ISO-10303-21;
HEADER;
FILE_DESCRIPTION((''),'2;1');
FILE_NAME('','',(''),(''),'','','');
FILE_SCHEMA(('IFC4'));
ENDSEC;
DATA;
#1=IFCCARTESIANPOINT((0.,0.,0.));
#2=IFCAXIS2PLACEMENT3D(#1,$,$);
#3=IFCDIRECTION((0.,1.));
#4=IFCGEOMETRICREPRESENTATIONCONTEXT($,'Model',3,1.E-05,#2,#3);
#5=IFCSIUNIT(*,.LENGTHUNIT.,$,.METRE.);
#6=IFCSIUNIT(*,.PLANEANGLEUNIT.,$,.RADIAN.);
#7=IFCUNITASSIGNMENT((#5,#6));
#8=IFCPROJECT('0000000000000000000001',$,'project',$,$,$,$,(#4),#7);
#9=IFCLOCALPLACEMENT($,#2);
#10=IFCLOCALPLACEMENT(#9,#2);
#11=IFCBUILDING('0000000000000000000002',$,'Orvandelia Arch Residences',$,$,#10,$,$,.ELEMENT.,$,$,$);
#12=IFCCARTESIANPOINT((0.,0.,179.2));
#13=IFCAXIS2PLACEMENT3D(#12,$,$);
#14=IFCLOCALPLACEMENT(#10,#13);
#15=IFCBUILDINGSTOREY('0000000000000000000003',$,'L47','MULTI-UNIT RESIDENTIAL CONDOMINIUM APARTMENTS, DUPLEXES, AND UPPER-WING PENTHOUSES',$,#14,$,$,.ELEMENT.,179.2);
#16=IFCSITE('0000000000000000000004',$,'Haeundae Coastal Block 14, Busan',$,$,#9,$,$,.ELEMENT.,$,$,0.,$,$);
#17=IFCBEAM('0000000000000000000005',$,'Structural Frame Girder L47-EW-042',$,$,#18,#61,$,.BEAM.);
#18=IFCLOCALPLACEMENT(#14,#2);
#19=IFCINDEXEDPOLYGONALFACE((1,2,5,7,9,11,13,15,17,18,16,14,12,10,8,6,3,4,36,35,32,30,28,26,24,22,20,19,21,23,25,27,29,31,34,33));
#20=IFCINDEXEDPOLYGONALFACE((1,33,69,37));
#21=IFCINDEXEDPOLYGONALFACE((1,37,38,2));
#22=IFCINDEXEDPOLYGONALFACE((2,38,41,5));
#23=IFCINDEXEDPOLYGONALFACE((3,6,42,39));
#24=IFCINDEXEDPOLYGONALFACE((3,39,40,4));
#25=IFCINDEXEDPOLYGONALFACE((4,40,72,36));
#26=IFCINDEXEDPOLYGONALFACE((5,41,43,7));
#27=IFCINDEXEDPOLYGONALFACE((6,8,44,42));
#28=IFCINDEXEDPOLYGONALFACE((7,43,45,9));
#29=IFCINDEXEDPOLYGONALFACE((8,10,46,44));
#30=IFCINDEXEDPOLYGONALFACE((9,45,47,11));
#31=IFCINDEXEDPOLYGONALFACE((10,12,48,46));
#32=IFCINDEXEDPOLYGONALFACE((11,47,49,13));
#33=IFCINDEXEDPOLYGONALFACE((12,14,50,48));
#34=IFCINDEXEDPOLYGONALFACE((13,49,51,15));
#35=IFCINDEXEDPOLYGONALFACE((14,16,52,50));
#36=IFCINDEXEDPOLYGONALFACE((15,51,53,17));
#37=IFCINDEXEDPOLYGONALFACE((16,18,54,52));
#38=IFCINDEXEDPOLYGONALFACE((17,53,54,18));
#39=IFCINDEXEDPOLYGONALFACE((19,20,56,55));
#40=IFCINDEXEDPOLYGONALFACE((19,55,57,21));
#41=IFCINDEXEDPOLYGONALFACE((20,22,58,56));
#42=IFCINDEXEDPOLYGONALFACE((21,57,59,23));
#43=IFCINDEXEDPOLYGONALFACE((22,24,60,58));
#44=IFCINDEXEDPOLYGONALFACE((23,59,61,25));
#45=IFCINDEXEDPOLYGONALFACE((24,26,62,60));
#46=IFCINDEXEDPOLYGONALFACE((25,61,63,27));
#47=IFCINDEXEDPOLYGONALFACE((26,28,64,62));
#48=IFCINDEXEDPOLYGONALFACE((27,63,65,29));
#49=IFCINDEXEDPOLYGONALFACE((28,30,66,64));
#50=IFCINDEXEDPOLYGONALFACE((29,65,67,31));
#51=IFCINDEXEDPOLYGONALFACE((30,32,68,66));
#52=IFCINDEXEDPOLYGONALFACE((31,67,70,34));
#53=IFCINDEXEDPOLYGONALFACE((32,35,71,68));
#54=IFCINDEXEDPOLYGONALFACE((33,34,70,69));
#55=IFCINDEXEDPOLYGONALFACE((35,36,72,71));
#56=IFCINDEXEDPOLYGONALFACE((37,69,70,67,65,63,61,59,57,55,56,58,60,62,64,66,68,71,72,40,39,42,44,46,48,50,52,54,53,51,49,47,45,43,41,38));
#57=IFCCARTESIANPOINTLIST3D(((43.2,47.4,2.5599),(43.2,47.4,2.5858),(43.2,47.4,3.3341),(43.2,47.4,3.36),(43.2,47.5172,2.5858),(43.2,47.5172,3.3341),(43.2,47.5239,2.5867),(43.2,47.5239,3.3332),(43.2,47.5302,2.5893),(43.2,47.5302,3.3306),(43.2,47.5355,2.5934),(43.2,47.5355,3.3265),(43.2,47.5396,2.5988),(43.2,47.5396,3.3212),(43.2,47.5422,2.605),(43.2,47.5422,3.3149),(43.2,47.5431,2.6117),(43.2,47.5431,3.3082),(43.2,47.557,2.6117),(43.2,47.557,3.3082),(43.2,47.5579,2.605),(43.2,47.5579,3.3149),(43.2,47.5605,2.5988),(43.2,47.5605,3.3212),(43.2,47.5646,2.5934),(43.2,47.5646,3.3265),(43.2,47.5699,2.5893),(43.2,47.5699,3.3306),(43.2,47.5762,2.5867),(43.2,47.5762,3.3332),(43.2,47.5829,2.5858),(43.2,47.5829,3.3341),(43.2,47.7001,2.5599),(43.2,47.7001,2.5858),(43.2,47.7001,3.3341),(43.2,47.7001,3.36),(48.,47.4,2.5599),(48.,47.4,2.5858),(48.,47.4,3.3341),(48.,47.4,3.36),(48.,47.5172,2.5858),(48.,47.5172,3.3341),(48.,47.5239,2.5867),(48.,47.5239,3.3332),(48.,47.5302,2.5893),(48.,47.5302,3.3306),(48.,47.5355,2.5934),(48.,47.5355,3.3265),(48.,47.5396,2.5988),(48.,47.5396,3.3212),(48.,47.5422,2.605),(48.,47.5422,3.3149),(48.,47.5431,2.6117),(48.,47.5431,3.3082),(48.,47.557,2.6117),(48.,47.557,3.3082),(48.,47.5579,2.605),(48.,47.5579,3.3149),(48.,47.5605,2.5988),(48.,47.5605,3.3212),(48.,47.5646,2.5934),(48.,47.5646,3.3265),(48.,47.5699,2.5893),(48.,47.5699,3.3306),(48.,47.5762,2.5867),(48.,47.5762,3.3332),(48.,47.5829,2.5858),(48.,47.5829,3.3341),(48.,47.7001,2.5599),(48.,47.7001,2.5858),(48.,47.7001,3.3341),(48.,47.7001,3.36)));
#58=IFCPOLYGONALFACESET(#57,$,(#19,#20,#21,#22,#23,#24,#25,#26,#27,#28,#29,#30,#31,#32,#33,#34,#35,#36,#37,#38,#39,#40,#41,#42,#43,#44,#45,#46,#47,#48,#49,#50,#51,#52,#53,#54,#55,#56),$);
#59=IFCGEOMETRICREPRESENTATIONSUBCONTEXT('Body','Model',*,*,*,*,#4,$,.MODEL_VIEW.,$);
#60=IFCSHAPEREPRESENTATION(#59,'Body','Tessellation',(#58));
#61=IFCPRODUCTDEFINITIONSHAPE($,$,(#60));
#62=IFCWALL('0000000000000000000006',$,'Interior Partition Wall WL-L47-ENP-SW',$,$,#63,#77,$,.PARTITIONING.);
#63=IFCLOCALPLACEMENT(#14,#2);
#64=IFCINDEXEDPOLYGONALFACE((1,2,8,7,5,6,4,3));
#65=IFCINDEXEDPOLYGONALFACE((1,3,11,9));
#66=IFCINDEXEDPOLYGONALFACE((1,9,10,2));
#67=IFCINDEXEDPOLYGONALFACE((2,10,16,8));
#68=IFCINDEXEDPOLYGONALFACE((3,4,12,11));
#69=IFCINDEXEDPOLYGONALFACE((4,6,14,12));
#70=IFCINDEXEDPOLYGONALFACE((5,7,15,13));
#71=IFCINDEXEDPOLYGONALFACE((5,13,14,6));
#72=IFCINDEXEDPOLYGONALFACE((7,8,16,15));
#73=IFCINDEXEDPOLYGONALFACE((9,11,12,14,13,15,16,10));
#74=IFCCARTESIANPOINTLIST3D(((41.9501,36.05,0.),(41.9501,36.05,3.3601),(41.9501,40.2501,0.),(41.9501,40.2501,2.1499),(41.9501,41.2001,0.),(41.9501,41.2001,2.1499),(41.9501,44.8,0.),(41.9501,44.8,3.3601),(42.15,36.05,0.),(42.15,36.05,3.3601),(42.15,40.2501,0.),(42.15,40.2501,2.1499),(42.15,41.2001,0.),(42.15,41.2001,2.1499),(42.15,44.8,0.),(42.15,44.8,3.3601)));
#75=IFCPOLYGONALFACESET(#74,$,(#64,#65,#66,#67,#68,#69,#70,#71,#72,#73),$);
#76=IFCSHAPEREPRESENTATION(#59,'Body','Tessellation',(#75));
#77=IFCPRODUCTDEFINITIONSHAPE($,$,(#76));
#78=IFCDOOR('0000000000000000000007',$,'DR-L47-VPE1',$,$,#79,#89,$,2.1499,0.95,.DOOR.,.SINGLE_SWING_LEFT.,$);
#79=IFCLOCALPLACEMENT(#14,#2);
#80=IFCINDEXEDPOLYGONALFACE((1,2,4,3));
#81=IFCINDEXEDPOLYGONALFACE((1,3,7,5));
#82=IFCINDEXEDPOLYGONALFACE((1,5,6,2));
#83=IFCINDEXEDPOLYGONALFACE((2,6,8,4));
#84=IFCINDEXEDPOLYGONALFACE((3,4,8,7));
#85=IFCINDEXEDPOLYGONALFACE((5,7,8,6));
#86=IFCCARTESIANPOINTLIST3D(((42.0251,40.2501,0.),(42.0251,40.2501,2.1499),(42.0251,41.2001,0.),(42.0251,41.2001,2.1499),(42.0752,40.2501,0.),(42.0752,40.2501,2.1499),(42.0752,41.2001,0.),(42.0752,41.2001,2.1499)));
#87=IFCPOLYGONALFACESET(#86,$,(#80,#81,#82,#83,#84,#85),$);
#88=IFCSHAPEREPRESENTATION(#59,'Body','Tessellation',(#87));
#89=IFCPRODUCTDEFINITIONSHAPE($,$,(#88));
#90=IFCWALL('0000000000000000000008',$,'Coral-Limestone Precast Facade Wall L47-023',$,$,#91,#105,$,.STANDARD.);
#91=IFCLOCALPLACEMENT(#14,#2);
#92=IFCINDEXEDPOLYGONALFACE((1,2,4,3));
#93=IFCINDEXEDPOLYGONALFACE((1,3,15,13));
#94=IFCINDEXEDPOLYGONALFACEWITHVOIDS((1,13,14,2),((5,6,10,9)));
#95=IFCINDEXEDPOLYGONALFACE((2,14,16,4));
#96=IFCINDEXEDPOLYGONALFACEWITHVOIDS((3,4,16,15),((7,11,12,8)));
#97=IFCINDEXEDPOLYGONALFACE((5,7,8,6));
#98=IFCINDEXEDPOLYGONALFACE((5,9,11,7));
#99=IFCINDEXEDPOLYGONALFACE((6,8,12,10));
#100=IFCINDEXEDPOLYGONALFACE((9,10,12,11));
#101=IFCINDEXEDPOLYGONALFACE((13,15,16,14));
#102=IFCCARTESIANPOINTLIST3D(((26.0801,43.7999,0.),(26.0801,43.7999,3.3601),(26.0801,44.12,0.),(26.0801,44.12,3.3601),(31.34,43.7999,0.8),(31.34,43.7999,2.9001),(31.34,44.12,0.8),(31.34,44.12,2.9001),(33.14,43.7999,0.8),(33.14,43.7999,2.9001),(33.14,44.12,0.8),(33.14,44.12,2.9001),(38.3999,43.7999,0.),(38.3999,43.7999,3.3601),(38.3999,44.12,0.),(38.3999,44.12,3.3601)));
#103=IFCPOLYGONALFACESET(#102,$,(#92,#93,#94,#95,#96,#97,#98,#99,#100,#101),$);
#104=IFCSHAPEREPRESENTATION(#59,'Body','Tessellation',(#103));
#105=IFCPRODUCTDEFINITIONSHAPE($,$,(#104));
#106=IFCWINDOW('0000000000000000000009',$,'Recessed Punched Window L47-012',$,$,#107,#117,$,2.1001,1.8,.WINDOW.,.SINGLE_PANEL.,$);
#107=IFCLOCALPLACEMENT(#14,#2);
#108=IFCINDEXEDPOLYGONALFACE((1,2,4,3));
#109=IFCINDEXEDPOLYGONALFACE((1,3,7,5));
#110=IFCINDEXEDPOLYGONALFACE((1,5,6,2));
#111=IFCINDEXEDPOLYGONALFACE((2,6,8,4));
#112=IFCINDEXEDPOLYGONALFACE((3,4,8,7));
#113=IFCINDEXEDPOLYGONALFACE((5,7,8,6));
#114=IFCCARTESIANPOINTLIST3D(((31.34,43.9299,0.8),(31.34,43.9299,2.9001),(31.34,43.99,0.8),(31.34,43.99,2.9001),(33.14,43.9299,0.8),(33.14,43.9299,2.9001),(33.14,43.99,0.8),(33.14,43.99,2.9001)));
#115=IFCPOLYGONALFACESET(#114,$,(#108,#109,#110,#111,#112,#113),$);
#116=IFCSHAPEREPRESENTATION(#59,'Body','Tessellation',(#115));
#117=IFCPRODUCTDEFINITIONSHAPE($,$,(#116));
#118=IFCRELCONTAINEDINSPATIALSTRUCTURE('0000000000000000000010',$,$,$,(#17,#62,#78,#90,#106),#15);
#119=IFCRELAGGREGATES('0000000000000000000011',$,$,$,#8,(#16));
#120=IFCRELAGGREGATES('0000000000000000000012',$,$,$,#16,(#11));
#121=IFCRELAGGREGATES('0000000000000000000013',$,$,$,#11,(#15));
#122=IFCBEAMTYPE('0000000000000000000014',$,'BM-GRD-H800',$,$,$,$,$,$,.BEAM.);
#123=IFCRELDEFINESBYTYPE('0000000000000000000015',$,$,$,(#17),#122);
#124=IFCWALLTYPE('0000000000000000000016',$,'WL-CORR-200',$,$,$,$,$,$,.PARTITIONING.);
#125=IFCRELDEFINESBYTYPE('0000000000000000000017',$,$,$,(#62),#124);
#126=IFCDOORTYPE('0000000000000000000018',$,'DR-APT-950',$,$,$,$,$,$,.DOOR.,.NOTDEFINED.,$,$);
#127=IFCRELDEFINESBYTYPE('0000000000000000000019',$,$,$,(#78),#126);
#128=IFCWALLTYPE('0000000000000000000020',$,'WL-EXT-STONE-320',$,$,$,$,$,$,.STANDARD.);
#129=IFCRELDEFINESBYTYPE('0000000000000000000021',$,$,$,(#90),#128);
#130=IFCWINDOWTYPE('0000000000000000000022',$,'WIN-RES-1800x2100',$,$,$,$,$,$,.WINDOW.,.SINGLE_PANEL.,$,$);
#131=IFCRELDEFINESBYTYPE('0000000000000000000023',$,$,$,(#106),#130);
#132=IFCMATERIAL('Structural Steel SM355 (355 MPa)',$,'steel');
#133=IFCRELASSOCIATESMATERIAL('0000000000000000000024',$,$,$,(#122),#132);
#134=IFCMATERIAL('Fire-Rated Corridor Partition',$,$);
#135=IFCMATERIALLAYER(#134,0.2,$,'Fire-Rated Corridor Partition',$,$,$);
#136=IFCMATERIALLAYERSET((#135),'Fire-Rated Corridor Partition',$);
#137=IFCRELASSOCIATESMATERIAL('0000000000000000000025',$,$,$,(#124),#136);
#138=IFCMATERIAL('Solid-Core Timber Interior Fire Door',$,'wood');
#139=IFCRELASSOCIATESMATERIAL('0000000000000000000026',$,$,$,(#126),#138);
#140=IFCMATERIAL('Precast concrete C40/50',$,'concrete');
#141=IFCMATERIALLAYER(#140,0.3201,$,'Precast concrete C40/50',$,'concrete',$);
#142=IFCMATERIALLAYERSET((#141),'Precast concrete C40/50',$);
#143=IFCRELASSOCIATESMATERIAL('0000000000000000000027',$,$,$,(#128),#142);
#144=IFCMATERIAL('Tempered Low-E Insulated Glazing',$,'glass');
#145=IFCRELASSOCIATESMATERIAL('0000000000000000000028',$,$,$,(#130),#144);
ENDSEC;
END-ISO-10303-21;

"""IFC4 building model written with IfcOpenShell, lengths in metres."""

from ifc_helpers import new_model, si_unit, direction, frame, frame_2d, origin, origin_2d, place, context, subcontext, project, spatial, rectangle, i_section, extrude, material, layer, layer_set, material_profile, profile_set, type_object, element, fill, save


model = new_model("IFC4")

# Units and contexts
model_context = context("Model", 3, precision=1e-05, world=origin(), true_north=direction((0.0, 1.0)))
body_context = subcontext(model_context, "Body", "Model", "MODEL_VIEW")
ifc_project = project(units=[si_unit("LENGTHUNIT", "METRE"), si_unit("PLANEANGLEUNIT", "RADIAN")], contexts=[model_context])

# Site, building, storey
site_placement = place(None, origin())
site = spatial("IfcSite", under=ifc_project, at=site_placement, Name="Haeundae Coastal Block 14, Busan", CompositionType="ELEMENT", RefElevation=0.0)
building_placement = place(site_placement, origin())
building = spatial("IfcBuilding", under=site, at=building_placement, Name="Orvandelia Arch Residences", CompositionType="ELEMENT")
storey_placement = place(building_placement, frame((0.0, 0.0, 179.2)))
storey = spatial("IfcBuildingStorey", under=building, at=storey_placement, Name="L47", Description="MULTI-UNIT RESIDENTIAL CONDOMINIUM APARTMENTS, DUPLEXES, AND UPPER-WING PENTHOUSES", CompositionType="ELEMENT", Elevation=179.2)

# Beam
ifc_material_1 = material(Name="Structural Steel SM355 (355 MPa)", Category="steel")
ifc_material_profile_1 = material_profile(ifc_material_1, i_section(OverallWidth=0.3, OverallDepth=0.8, WebThickness=0.0139, FlangeThickness=0.0259, FilletRadius=0.0259, at=origin_2d()), Name="Structural Steel SM355 (355 MPa)", Category="steel")
ifc_profile_set_1 = profile_set([ifc_material_profile_1], Name="Structural Steel SM355 (355 MPa)")
beam_type = type_object("IfcBeamType", Name="BM-GRD-H800", PredefinedType="BEAM", material=ifc_profile_set_1)
for number, where, z_axis, x_axis, name in (
    (1, (43.2, 47.55, 2.96), (1.0, 0.0, 0.0), (0.0, 1.0, 0.0), "Structural Frame Girder L47-EW-042"),
):
    element("IfcBeam", number, at=place(storey_placement, frame(where, z_axis=z_axis, x_axis=x_axis)), inside=storey, type_object=beam_type, Name=name, PredefinedType="BEAM", context=body_context, shape_type="SweptSolid", body=[
        extrude(i_section(OverallWidth=0.3, OverallDepth=0.8, WebThickness=0.0139, FlangeThickness=0.0259, FilletRadius=0.0259, at=origin_2d()), origin(), (0.0, 0.0, 1.0), 4.8),
    ])

# Wall, opening, door
ifc_material_2 = material(Name="Fire-Rated Corridor Partition")
ifc_layer_1 = layer(ifc_material_2, 0.2, Name="Fire-Rated Corridor Partition")
ifc_layer_set_1 = layer_set([ifc_layer_1], Name="Fire-Rated Corridor Partition")
wall_type_1 = type_object("IfcWallType", Name="WL-CORR-200", PredefinedType="PARTITIONING", material=ifc_layer_set_1)
wall_1_placement = place(storey_placement, frame((42.05, 36.05, 0.0), z_axis=(0.0, 0.0, 1.0), x_axis=(0.0, 1.0, 0.0)))
wall_1 = element("IfcWall", 2, at=wall_1_placement, inside=storey, type_object=wall_type_1, Name="Interior Partition Wall WL-L47-ENP-SW", PredefinedType="PARTITIONING", context=body_context, shape_type="SweptSolid", body=[
    extrude(rectangle(XDim=8.75, YDim=0.2, at=frame_2d((4.375, 0.0))), origin(), (0.0, 0.0, 1.0), 3.3601),
])
opening_1_placement = place(wall_1_placement, frame((4.2, 0.0, 0.0)))
opening_1 = element("IfcOpeningElement", 3, at=opening_1_placement, cuts=wall_1, PredefinedType="OPENING", context=body_context, shape_type="SweptSolid", body=[
    extrude(rectangle(XDim=0.95, YDim=2.1499, at=frame_2d((0.4751, 1.075))), frame((0.0, 0.1099, 0.0), z_axis=(0.0, -1.0, 0.0), x_axis=(1.0, 0.0, 0.0)), (0.0, 0.0, 1.0), 0.22),
])
ifc_material_3 = material(Name="Solid-Core Timber Interior Fire Door", Category="wood")
door_type = type_object("IfcDoorType", Name="DR-APT-950", OperationType="NOTDEFINED", PredefinedType="DOOR", material=ifc_material_3)
door_1_placement = place(opening_1_placement, origin())
door_1 = element("IfcDoor", 4, at=door_1_placement, inside=storey, type_object=door_type, Name="DR-L47-VPE1", OperationType="SINGLE_SWING_LEFT", OverallHeight=2.1499, OverallWidth=0.95, PredefinedType="DOOR", context=body_context, shape_type="SweptSolid", body=[
    extrude(rectangle(XDim=0.95, YDim=2.1499, at=frame_2d((0.4751, 1.075))), frame((0.0, 0.0249, 0.0), z_axis=(0.0, -1.0, 0.0), x_axis=(1.0, 0.0, 0.0)), (0.0, 0.0, 1.0), 0.05),
])
fill(opening_1, door_1)

# Wall, opening, window
ifc_material_4 = material(Name="Precast concrete C40/50", Category="concrete")
ifc_layer_2 = layer(ifc_material_4, 0.3201, Name="Precast concrete C40/50", Category="concrete")
ifc_layer_set_2 = layer_set([ifc_layer_2], Name="Precast concrete C40/50")
wall_type_2 = type_object("IfcWallType", Name="WL-EXT-STONE-320", PredefinedType="STANDARD", material=ifc_layer_set_2)
wall_2_placement = place(storey_placement, frame((38.3999, 43.96, 0.0), z_axis=(0.0, 0.0, 1.0), x_axis=(-1.0, 0.0, 0.0)))
wall_2 = element("IfcWall", 5, at=wall_2_placement, inside=storey, type_object=wall_type_2, Name="Coral-Limestone Precast Facade Wall L47-023", PredefinedType="STANDARD", context=body_context, shape_type="SweptSolid", body=[
    extrude(rectangle(XDim=12.3198, YDim=0.3201, at=frame_2d((6.1599, 0.0))), origin(), (0.0, 0.0, 1.0), 3.3601),
])
opening_2_placement = place(wall_2_placement, frame((5.26, 0.0, 0.8)))
opening_2 = element("IfcOpeningElement", 6, at=opening_2_placement, cuts=wall_2, PredefinedType="OPENING", context=body_context, shape_type="SweptSolid", body=[
    extrude(rectangle(XDim=1.8, YDim=2.1001, at=frame_2d((0.8999, 1.05))), frame((0.0, 0.1699, 0.0), z_axis=(0.0, -1.0, 0.0), x_axis=(1.0, 0.0, 0.0)), (0.0, 0.0, 1.0), 0.3401),
])
ifc_material_5 = material(Name="Tempered Low-E Insulated Glazing", Category="glass")
window_type = type_object("IfcWindowType", Name="WIN-RES-1800x2100", PartitioningType="SINGLE_PANEL", PredefinedType="WINDOW", material=ifc_material_5)
window_1_placement = place(opening_2_placement, origin())
window_1 = element("IfcWindow", 7, at=window_1_placement, inside=storey, type_object=window_type, Name="Recessed Punched Window L47-012", OverallHeight=2.1001, OverallWidth=1.8, PartitioningType="SINGLE_PANEL", PredefinedType="WINDOW", context=body_context, shape_type="SweptSolid", body=[
    extrude(rectangle(XDim=1.8, YDim=2.1001, at=frame_2d((0.8999, 1.05))), frame((0.0, 0.03, 0.0), z_axis=(0.0, -1.0, 0.0), x_axis=(1.0, 0.0, 0.0)), (0.0, 0.0, 1.0), 0.0601),
])
fill(opening_2, window_1)

save(model, "model.ifc")
